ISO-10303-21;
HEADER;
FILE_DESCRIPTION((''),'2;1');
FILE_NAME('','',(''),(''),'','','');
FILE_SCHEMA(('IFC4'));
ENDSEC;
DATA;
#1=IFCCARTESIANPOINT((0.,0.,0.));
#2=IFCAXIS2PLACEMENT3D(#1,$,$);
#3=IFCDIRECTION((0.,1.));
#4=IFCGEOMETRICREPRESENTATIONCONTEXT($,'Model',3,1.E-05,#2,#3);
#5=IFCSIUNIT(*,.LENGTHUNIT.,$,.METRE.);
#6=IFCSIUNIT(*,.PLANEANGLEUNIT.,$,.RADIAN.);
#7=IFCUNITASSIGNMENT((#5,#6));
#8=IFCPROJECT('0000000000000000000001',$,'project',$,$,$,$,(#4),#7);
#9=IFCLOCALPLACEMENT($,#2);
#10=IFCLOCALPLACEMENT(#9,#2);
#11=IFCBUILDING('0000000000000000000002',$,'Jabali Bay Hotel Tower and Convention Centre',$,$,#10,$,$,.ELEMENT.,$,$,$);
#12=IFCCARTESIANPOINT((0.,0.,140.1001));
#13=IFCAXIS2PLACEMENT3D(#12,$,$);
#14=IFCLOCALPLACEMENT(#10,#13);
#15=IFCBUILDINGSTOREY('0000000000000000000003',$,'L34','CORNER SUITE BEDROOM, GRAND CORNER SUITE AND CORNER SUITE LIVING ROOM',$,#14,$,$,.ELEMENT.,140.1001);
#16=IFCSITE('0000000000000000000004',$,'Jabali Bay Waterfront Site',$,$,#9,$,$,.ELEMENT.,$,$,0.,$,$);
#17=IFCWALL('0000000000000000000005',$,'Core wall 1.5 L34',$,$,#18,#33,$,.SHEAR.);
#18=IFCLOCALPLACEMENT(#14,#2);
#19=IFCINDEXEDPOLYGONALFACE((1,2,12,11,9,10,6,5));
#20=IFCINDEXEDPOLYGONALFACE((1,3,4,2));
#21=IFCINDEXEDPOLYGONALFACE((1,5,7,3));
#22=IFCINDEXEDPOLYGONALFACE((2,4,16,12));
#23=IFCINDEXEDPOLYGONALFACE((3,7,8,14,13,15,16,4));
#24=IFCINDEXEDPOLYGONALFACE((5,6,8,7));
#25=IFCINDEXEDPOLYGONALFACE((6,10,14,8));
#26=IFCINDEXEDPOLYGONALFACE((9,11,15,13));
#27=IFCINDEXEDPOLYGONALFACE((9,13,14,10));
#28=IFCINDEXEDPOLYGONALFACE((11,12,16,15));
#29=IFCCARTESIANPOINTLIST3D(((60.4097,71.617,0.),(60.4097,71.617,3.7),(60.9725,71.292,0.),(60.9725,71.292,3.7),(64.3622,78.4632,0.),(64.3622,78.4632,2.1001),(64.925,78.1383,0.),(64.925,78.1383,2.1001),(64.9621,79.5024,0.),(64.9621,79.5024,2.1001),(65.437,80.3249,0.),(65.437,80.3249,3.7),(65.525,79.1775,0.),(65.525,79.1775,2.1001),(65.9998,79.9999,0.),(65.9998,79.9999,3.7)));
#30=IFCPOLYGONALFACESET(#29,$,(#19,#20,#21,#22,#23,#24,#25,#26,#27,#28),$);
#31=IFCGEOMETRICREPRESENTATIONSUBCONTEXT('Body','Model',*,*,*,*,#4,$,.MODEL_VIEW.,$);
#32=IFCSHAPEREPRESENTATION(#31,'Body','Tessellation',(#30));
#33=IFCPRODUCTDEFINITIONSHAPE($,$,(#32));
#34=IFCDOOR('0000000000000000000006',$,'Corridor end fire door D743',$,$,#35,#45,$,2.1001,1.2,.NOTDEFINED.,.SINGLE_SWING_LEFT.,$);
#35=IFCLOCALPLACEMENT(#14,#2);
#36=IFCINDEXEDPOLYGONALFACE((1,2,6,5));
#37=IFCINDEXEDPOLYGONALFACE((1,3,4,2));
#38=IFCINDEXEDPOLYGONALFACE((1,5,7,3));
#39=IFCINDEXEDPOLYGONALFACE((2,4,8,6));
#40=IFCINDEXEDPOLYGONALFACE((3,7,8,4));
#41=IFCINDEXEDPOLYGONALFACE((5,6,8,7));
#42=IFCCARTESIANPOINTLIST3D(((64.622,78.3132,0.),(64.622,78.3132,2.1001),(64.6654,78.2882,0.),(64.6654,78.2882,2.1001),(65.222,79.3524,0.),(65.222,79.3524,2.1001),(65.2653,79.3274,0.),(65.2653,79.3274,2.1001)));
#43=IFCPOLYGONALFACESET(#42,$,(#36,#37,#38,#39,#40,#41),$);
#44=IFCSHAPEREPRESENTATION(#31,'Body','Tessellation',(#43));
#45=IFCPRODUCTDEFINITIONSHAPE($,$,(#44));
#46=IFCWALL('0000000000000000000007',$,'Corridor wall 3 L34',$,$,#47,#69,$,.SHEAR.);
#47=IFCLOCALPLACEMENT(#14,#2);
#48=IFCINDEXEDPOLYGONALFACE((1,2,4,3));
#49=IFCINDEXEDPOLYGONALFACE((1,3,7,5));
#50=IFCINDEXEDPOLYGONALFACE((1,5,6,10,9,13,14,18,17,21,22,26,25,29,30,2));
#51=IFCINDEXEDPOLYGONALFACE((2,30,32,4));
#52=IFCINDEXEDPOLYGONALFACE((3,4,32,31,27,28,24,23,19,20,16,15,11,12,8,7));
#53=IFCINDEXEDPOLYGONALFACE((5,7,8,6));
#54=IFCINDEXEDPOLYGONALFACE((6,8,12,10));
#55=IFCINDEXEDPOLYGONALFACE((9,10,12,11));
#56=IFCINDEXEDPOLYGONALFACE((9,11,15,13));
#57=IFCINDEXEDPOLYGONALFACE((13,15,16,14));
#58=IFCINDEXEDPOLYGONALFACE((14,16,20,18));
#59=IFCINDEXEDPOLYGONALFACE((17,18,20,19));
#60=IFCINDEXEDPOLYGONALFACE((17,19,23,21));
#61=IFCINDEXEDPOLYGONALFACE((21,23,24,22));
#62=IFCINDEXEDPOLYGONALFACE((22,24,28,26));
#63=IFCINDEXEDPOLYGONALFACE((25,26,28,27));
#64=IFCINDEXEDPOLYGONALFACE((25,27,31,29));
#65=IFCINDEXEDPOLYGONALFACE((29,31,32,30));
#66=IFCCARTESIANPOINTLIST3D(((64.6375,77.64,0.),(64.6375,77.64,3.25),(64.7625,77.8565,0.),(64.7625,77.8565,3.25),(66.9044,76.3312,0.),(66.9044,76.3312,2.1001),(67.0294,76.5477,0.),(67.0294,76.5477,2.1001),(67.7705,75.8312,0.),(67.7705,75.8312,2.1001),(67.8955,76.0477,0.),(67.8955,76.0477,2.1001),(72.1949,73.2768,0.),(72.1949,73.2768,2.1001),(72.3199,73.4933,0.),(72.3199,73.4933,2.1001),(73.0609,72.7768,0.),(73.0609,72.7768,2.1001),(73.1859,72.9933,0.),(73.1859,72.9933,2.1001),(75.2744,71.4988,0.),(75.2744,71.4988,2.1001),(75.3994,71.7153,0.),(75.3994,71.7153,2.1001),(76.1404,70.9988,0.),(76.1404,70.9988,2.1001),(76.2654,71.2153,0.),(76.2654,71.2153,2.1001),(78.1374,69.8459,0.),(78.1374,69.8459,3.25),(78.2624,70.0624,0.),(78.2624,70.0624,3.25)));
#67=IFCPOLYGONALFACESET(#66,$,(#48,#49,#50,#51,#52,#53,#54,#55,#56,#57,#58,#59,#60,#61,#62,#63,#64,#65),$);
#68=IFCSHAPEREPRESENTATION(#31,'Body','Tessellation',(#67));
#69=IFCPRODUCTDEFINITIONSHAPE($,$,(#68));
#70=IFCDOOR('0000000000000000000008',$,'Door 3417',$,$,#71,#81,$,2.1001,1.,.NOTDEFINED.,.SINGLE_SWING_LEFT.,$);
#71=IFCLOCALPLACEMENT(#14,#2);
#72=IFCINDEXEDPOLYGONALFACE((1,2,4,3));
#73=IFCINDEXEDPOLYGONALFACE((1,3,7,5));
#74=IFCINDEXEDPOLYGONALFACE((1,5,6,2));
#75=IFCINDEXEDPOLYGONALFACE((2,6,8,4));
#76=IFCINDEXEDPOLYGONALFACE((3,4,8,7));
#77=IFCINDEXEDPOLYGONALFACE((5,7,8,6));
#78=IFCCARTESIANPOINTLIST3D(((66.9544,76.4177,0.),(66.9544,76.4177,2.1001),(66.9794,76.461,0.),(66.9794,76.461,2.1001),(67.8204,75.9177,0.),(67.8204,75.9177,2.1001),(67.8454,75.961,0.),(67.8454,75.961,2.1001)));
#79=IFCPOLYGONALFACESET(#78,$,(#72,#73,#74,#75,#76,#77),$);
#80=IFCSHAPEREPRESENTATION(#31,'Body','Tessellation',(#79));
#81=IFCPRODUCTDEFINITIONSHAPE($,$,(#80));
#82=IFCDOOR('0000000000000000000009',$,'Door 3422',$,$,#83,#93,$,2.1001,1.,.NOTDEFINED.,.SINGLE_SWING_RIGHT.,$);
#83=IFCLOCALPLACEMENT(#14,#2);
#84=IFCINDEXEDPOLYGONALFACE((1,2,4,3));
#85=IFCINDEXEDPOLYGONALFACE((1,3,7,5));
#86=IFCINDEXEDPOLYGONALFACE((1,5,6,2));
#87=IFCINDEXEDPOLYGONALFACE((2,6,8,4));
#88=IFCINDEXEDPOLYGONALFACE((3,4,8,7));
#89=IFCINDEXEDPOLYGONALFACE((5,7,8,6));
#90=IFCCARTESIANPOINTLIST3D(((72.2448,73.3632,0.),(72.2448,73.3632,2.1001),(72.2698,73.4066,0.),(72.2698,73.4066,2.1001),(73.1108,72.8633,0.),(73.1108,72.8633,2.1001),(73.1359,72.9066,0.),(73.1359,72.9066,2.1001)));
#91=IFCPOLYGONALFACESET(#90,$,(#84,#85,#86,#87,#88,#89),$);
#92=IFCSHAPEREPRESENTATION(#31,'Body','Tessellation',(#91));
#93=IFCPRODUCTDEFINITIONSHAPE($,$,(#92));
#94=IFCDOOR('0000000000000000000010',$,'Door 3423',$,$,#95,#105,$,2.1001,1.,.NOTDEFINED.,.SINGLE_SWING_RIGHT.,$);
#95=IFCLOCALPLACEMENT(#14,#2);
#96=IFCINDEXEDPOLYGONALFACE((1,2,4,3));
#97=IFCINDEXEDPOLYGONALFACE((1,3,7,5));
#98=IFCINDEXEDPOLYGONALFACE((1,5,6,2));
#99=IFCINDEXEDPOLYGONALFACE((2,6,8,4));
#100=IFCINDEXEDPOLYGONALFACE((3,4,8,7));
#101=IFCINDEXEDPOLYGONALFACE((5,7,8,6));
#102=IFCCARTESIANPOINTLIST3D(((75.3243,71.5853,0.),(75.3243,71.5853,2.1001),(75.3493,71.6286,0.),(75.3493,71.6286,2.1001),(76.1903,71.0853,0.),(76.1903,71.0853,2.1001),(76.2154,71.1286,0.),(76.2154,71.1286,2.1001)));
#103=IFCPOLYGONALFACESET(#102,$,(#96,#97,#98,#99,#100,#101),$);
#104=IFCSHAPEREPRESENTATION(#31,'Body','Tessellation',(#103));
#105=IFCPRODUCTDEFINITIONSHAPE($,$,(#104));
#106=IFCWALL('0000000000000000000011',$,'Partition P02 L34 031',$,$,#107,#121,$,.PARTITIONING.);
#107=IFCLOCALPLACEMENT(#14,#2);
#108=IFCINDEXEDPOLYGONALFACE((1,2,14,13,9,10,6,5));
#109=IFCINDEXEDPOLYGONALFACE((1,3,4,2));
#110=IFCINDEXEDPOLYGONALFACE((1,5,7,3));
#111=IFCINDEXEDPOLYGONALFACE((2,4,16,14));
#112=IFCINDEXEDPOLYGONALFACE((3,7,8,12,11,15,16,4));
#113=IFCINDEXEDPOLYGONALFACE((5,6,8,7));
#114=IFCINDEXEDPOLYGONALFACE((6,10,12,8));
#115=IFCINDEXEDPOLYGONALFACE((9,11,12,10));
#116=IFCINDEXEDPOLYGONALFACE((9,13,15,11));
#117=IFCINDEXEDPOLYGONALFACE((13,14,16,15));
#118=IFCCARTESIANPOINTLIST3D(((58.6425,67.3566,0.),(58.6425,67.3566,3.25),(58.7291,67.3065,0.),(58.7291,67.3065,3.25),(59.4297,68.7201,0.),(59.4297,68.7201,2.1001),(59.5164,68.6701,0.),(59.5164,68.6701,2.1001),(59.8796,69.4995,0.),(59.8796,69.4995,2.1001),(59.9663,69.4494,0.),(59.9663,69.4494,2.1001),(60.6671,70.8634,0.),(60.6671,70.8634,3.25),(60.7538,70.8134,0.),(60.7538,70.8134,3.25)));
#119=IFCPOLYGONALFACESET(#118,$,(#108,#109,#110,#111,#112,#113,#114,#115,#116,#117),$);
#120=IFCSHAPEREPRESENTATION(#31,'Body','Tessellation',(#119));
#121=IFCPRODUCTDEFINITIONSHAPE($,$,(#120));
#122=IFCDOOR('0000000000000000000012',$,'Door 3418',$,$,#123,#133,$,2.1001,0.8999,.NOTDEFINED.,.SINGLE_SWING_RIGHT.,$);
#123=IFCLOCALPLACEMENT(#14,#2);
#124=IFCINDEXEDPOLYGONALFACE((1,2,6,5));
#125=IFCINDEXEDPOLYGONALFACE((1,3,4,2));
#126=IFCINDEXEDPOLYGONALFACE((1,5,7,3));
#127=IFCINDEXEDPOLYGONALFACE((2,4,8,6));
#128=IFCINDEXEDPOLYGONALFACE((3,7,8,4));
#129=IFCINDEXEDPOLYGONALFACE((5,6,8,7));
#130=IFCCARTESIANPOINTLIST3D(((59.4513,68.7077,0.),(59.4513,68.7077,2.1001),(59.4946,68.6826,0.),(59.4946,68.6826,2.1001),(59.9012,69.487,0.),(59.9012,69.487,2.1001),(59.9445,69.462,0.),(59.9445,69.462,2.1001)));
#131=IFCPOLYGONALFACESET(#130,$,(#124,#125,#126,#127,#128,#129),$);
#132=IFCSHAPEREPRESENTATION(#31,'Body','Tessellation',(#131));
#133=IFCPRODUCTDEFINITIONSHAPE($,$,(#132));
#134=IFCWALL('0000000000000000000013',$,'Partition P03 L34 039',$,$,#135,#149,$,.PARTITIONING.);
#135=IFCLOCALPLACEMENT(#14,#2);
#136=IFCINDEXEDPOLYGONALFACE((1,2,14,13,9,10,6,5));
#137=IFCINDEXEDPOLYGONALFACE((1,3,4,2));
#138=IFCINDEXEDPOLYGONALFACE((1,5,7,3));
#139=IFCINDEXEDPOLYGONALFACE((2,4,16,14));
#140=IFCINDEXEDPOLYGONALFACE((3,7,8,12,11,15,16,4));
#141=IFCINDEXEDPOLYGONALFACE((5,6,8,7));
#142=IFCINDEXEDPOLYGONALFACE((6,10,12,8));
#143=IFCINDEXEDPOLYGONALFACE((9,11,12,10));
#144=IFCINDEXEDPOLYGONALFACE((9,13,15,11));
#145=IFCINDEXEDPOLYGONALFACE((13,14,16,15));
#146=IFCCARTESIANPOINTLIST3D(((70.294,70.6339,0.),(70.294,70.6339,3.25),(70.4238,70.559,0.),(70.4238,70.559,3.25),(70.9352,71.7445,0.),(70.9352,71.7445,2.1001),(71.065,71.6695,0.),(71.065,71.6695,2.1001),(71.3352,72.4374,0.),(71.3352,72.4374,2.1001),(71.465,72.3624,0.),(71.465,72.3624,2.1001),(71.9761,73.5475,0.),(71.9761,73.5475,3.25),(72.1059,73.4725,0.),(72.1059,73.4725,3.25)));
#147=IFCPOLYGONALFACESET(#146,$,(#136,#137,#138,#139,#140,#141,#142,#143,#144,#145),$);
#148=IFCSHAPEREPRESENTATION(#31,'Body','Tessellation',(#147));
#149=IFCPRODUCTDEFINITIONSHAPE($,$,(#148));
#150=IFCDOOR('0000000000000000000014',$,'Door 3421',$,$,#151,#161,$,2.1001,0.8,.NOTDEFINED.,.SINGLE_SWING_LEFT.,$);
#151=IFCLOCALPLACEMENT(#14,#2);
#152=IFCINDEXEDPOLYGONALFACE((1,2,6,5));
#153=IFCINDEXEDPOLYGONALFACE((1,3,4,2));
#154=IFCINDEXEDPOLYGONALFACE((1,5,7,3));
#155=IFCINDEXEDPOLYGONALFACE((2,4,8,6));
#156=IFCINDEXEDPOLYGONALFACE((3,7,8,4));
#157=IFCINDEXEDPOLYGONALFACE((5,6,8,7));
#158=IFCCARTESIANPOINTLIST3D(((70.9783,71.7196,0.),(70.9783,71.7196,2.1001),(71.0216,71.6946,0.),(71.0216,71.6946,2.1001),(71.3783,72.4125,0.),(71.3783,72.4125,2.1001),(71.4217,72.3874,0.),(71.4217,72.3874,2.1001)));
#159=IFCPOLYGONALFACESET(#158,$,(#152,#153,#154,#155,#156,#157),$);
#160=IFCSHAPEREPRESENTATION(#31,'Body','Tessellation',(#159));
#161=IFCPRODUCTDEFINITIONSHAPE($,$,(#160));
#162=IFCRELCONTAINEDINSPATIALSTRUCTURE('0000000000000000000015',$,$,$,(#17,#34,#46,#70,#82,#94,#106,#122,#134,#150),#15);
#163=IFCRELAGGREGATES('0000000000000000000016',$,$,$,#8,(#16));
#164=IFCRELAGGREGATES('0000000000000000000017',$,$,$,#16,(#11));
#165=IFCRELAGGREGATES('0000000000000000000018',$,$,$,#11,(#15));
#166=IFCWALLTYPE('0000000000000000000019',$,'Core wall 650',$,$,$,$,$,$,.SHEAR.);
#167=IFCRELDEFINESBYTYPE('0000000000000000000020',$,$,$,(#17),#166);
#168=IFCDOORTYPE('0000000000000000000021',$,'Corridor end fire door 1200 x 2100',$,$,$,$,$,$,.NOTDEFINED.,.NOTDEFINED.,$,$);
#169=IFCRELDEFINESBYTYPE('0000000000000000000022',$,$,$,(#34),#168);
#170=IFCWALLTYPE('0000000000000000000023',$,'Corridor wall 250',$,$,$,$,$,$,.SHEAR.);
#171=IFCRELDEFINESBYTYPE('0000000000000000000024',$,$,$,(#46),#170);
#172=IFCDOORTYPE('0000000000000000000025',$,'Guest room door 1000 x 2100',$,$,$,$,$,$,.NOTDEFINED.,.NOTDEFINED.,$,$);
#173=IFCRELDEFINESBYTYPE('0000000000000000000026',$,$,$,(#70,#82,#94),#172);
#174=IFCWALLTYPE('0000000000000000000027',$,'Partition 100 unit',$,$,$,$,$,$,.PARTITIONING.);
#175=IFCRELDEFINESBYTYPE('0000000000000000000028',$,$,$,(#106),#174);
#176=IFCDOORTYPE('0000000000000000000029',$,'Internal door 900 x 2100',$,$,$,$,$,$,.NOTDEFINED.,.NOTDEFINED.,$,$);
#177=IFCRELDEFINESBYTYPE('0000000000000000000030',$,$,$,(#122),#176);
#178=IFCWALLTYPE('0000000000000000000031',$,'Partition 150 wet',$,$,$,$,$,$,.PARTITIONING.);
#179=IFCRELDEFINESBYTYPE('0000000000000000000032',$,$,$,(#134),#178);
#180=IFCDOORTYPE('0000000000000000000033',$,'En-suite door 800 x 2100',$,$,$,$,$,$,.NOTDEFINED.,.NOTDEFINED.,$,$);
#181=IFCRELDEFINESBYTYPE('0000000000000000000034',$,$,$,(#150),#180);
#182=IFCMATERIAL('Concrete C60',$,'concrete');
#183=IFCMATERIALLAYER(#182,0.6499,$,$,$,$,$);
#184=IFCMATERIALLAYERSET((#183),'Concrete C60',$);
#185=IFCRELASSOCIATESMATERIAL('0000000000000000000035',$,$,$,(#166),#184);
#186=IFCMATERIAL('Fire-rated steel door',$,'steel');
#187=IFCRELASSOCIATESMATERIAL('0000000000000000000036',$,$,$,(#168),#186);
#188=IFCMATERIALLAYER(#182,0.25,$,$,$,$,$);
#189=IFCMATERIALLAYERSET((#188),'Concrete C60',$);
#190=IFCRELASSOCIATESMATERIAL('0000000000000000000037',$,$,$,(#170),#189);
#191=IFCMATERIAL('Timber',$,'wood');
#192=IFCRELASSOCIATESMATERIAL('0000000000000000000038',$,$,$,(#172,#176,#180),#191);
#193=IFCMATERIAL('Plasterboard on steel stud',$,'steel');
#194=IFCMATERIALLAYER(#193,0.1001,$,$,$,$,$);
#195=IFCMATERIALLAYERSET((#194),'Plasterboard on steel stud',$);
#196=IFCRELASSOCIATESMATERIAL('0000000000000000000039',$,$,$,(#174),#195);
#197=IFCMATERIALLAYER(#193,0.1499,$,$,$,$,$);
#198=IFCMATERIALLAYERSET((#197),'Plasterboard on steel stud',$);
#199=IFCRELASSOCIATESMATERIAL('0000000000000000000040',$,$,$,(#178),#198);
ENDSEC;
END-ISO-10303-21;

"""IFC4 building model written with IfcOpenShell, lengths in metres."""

from ifc_helpers import new_model, si_unit, direction, frame, frame_2d, origin, place, context, subcontext, project, spatial, rectangle, extrude, material, layer, layer_set, type_object, element, fill, save


model = new_model("IFC4")

# Units and contexts
model_context = context("Model", 3, precision=1e-05, world=origin(), true_north=direction((0.0, 1.0)))
body_context = subcontext(model_context, "Body", "Model", "MODEL_VIEW")
ifc_project = project(units=[si_unit("LENGTHUNIT", "METRE"), si_unit("PLANEANGLEUNIT", "RADIAN")], contexts=[model_context])

# Site, building, storey
site_placement = place(None, origin())
site = spatial("IfcSite", under=ifc_project, at=site_placement, Name="Jabali Bay Waterfront Site", CompositionType="ELEMENT", RefElevation=0.0)
building_placement = place(site_placement, origin())
building = spatial("IfcBuilding", under=site, at=building_placement, Name="Jabali Bay Hotel Tower and Convention Centre", CompositionType="ELEMENT")
storey_placement = place(building_placement, frame((0.0, 0.0, 140.1001)))
storey = spatial("IfcBuildingStorey", under=building, at=storey_placement, Name="L34", Description="CORNER SUITE BEDROOM, GRAND CORNER SUITE AND CORNER SUITE LIVING ROOM", CompositionType="ELEMENT", Elevation=140.1001)

# Shared definitions
ifc_material_1 = material(Name="Fire-rated steel door", Category="steel")

# Wall, opening, door
ifc_material_2 = material(Name="Concrete C60", Category="concrete")
ifc_layer_1 = layer(ifc_material_2, 0.6499)
ifc_layer_set_1 = layer_set([ifc_layer_1], Name="Concrete C60")
wall_type_1 = type_object("IfcWallType", Name="Core wall 650", PredefinedType="SHEAR", material=ifc_layer_set_1)
wall_1_placement = place(storey_placement, frame((60.6912, 71.4546, 0.0), z_axis=(0.0, 0.0, 1.0), x_axis=(0.499983, 0.866035, 0.0)))
wall_1 = element("IfcWall", 1, at=wall_1_placement, inside=storey, type_object=wall_type_1, Name="Core wall 1.5 L34", PredefinedType="SHEAR", context=body_context, shape_type="SweptSolid", body=[
    extrude(rectangle(XDim=10.0549, YDim=0.6499, at=frame_2d((5.0273, 0.0))), origin(), (0.0, 0.0, 1.0), 3.7),
])
opening_1_placement = place(wall_1_placement, frame((7.905, 0.0, 0.0)))
opening_1 = element("IfcOpeningElement", 2, at=opening_1_placement, cuts=wall_1, PredefinedType="OPENING", context=body_context, shape_type="SweptSolid", body=[
    extrude(rectangle(XDim=1.2, YDim=2.1001, at=frame_2d((0.6001, 1.05))), frame((0.0, 0.3354, 0.0), z_axis=(0.0, -1.0, 0.0), x_axis=(1.0, 0.0, 0.0)), (0.0, 0.0, 1.0), 0.6709),
])
door_type_1 = type_object("IfcDoorType", Name="Corridor end fire door 1200 x 2100", OperationType="NOTDEFINED", PredefinedType="NOTDEFINED", material=ifc_material_1)
door_1_placement = place(opening_1_placement, origin())
door_1 = element("IfcDoor", 3, at=door_1_placement, inside=storey, type_object=door_type_1, Name="Corridor end fire door D743", OperationType="SINGLE_SWING_LEFT", OverallHeight=2.1001, OverallWidth=1.2, PredefinedType="NOTDEFINED", context=body_context, shape_type="SweptSolid", body=[
    extrude(rectangle(XDim=1.2, YDim=2.1001, at=frame_2d((0.6001, 1.05))), frame((0.0, 0.0249, 0.0), z_axis=(0.0, -1.0, 0.0), x_axis=(1.0, 0.0, 0.0)), (0.0, 0.0, 1.0), 0.05),
])
fill(opening_1, door_1)

# Wall, openings, doors
ifc_layer_2 = layer(ifc_material_2, 0.25)
ifc_layer_set_2 = layer_set([ifc_layer_2], Name="Concrete C60")
wall_type_2 = type_object("IfcWallType", Name="Corridor wall 250", PredefinedType="SHEAR", material=ifc_layer_set_2)
wall_2_placement = place(storey_placement, frame((64.7, 77.7483, 0.0), z_axis=(0.0, 0.0, 1.0), x_axis=(0.866026, -0.499998, 0.0)))
wall_2 = element("IfcWall", 4, at=wall_2_placement, inside=storey, type_object=wall_type_2, Name="Corridor wall 3 L34", PredefinedType="SHEAR", context=body_context, shape_type="SweptSolid", body=[
    extrude(rectangle(XDim=15.5884, YDim=0.25, at=frame_2d((7.7942, 0.0))), origin(), (0.0, 0.0, 1.0), 3.25),
])
opening_2_placement = place(wall_2_placement, frame((2.6177, 0.0, 0.0)))
opening_2 = element("IfcOpeningElement", 5, at=opening_2_placement, cuts=wall_2, PredefinedType="OPENING", context=body_context, shape_type="SweptSolid", body=[
    extrude(rectangle(XDim=1.0, YDim=2.1001, at=frame_2d((0.5, 1.05))), frame((0.0, 0.1355, 0.0), z_axis=(0.0, -1.0, 0.0), x_axis=(1.0, 0.0, 0.0)), (0.0, 0.0, 1.0), 0.271),
])
opening_3_placement = place(wall_2_placement, frame((8.7266, 0.0, 0.0)))
opening_3 = element("IfcOpeningElement", 6, at=opening_3_placement, cuts=wall_2, PredefinedType="OPENING", context=body_context, shape_type="SweptSolid", body=[
    extrude(rectangle(XDim=1.0, YDim=2.1001, at=frame_2d((0.5, 1.05))), frame((0.0, 0.1355, 0.0), z_axis=(0.0, -1.0, 0.0), x_axis=(1.0, 0.0, 0.0)), (0.0, 0.0, 1.0), 0.271),
])
opening_4_placement = place(wall_2_placement, frame((12.2825, 0.0, 0.0)))
opening_4 = element("IfcOpeningElement", 7, at=opening_4_placement, cuts=wall_2, PredefinedType="OPENING", context=body_context, shape_type="SweptSolid", body=[
    extrude(rectangle(XDim=1.0, YDim=2.1001, at=frame_2d((0.5, 1.05))), frame((0.0, 0.1355, 0.0), z_axis=(0.0, -1.0, 0.0), x_axis=(1.0, 0.0, 0.0)), (0.0, 0.0, 1.0), 0.271),
])
ifc_material_3 = material(Name="Timber", Category="wood")
door_type_2 = type_object("IfcDoorType", Name="Guest room door 1000 x 2100", OperationType="NOTDEFINED", PredefinedType="NOTDEFINED", material=ifc_material_3)
door_2_placement = place(opening_2_placement, origin())
door_2 = element("IfcDoor", 8, at=door_2_placement, inside=storey, type_object=door_type_2, Name="Door 3417", OperationType="SINGLE_SWING_LEFT", OverallHeight=2.1001, OverallWidth=1.0, PredefinedType="NOTDEFINED", context=body_context, shape_type="SweptSolid", body=[
    extrude(rectangle(XDim=1.0, YDim=2.1001, at=frame_2d((0.5, 1.05))), frame((0.0, 0.0249, 0.0), z_axis=(0.0, -1.0, 0.0), x_axis=(1.0, 0.0, 0.0)), (0.0, 0.0, 1.0), 0.05),
])
fill(opening_2, door_2)
door_3_placement = place(opening_3_placement, origin())
door_3 = element("IfcDoor", 9, at=door_3_placement, inside=storey, type_object=door_type_2, Name="Door 3422", OperationType="SINGLE_SWING_RIGHT", OverallHeight=2.1001, OverallWidth=1.0, PredefinedType="NOTDEFINED", context=body_context, shape_type="SweptSolid", body=[
    extrude(rectangle(XDim=1.0, YDim=2.1001, at=frame_2d((0.5, 1.05))), frame((0.0, 0.0249, 0.0), z_axis=(0.0, -1.0, 0.0), x_axis=(1.0, 0.0, 0.0)), (0.0, 0.0, 1.0), 0.05),
])
fill(opening_3, door_3)
door_4_placement = place(opening_4_placement, origin())
door_4 = element("IfcDoor", 10, at=door_4_placement, inside=storey, type_object=door_type_2, Name="Door 3423", OperationType="SINGLE_SWING_RIGHT", OverallHeight=2.1001, OverallWidth=1.0, PredefinedType="NOTDEFINED", context=body_context, shape_type="SweptSolid", body=[
    extrude(rectangle(XDim=1.0, YDim=2.1001, at=frame_2d((0.5, 1.05))), frame((0.0, 0.0249, 0.0), z_axis=(0.0, -1.0, 0.0), x_axis=(1.0, 0.0, 0.0)), (0.0, 0.0, 1.0), 0.05),
])
fill(opening_4, door_4)

# Walls, openings, doors
ifc_material_4 = material(Name="Plasterboard on steel stud", Category="steel")
ifc_layer_3 = layer(ifc_material_4, 0.1001)
ifc_layer_set_3 = layer_set([ifc_layer_3], Name="Plasterboard on steel stud")
wall_type_3 = type_object("IfcWallType", Name="Partition 100 unit", PredefinedType="PARTITIONING", material=ifc_layer_set_3)
wall_3_placement = place(storey_placement, frame((60.7104, 70.8384, 0.0), z_axis=(0.0, 0.0, 1.0), x_axis=(-0.499997, -0.866027, 0.0)))
wall_3 = element("IfcWall", 11, at=wall_3_placement, inside=storey, type_object=wall_type_3, Name="Partition P02 L34 031", PredefinedType="PARTITIONING", context=body_context, shape_type="SweptSolid", body=[
    extrude(rectangle(XDim=4.0493, YDim=0.1001, at=frame_2d((2.0247, 0.0))), origin(), (0.0, 0.0, 1.0), 3.25),
])
opening_5_placement = place(wall_3_placement, frame((1.575, 0.0, 0.0)))
opening_5 = element("IfcOpeningElement", 12, at=opening_5_placement, cuts=wall_3, PredefinedType="OPENING", context=body_context, shape_type="SweptSolid", body=[
    extrude(rectangle(XDim=0.8999, YDim=2.1001, at=frame_2d((0.45, 1.05))), frame((0.0, 0.0605, 0.0), z_axis=(0.0, -1.0, 0.0), x_axis=(1.0, 0.0, 0.0)), (0.0, 0.0, 1.0), 0.1211),
])
door_type_3 = type_object("IfcDoorType", Name="Internal door 900 x 2100", OperationType="NOTDEFINED", PredefinedType="NOTDEFINED", material=ifc_material_3)
door_5_placement = place(opening_5_placement, origin())
door_5 = element("IfcDoor", 13, at=door_5_placement, inside=storey, type_object=door_type_3, Name="Door 3418", OperationType="SINGLE_SWING_RIGHT", OverallHeight=2.1001, OverallWidth=0.8999, PredefinedType="NOTDEFINED", context=body_context, shape_type="SweptSolid", body=[
    extrude(rectangle(XDim=0.8999, YDim=2.1001, at=frame_2d((0.45, 1.05))), frame((0.0, 0.0249, 0.0), z_axis=(0.0, -1.0, 0.0), x_axis=(1.0, 0.0, 0.0)), (0.0, 0.0, 1.0), 0.05),
])
fill(opening_5, door_5)
ifc_layer_4 = layer(ifc_material_4, 0.1499)
ifc_layer_set_4 = layer_set([ifc_layer_4], Name="Plasterboard on steel stud")
wall_type_4 = type_object("IfcWallType", Name="Partition 150 wet", PredefinedType="PARTITIONING", material=ifc_layer_set_4)
wall_4_placement = place(storey_placement, frame((72.041, 73.51, 0.0), z_axis=(0.0, 0.0, 1.0), x_axis=(-0.499995, -0.866028, 0.0)))
wall_4 = element("IfcWall", 14, at=wall_4_placement, inside=storey, type_object=wall_type_4, Name="Partition P03 L34 039", PredefinedType="PARTITIONING", context=body_context, shape_type="SweptSolid", body=[
    extrude(rectangle(XDim=3.3643, YDim=0.1499, at=frame_2d((1.6821, 0.0))), origin(), (0.0, 0.0, 1.0), 3.25),
])
opening_6_placement = place(wall_4_placement, frame((1.282, 0.0, 0.0)))
opening_6 = element("IfcOpeningElement", 15, at=opening_6_placement, cuts=wall_4, PredefinedType="OPENING", context=body_context, shape_type="SweptSolid", body=[
    extrude(rectangle(XDim=0.8, YDim=2.1001, at=frame_2d((0.3999, 1.05))), frame((0.0, 0.0854, 0.0), z_axis=(0.0, -1.0, 0.0), x_axis=(1.0, 0.0, 0.0)), (0.0, 0.0, 1.0), 0.1709),
])
door_type_4 = type_object("IfcDoorType", Name="En-suite door 800 x 2100", OperationType="NOTDEFINED", PredefinedType="NOTDEFINED", material=ifc_material_3)
door_6_placement = place(opening_6_placement, origin())
door_6 = element("IfcDoor", 16, at=door_6_placement, inside=storey, type_object=door_type_4, Name="Door 3421", OperationType="SINGLE_SWING_LEFT", OverallHeight=2.1001, OverallWidth=0.8, PredefinedType="NOTDEFINED", context=body_context, shape_type="SweptSolid", body=[
    extrude(rectangle(XDim=0.8, YDim=2.1001, at=frame_2d((0.3999, 1.05))), frame((0.0, 0.0249, 0.0), z_axis=(0.0, -1.0, 0.0), x_axis=(1.0, 0.0, 0.0)), (0.0, 0.0, 1.0), 0.05),
])
fill(opening_6, door_6)

save(model, "model.ifc")
